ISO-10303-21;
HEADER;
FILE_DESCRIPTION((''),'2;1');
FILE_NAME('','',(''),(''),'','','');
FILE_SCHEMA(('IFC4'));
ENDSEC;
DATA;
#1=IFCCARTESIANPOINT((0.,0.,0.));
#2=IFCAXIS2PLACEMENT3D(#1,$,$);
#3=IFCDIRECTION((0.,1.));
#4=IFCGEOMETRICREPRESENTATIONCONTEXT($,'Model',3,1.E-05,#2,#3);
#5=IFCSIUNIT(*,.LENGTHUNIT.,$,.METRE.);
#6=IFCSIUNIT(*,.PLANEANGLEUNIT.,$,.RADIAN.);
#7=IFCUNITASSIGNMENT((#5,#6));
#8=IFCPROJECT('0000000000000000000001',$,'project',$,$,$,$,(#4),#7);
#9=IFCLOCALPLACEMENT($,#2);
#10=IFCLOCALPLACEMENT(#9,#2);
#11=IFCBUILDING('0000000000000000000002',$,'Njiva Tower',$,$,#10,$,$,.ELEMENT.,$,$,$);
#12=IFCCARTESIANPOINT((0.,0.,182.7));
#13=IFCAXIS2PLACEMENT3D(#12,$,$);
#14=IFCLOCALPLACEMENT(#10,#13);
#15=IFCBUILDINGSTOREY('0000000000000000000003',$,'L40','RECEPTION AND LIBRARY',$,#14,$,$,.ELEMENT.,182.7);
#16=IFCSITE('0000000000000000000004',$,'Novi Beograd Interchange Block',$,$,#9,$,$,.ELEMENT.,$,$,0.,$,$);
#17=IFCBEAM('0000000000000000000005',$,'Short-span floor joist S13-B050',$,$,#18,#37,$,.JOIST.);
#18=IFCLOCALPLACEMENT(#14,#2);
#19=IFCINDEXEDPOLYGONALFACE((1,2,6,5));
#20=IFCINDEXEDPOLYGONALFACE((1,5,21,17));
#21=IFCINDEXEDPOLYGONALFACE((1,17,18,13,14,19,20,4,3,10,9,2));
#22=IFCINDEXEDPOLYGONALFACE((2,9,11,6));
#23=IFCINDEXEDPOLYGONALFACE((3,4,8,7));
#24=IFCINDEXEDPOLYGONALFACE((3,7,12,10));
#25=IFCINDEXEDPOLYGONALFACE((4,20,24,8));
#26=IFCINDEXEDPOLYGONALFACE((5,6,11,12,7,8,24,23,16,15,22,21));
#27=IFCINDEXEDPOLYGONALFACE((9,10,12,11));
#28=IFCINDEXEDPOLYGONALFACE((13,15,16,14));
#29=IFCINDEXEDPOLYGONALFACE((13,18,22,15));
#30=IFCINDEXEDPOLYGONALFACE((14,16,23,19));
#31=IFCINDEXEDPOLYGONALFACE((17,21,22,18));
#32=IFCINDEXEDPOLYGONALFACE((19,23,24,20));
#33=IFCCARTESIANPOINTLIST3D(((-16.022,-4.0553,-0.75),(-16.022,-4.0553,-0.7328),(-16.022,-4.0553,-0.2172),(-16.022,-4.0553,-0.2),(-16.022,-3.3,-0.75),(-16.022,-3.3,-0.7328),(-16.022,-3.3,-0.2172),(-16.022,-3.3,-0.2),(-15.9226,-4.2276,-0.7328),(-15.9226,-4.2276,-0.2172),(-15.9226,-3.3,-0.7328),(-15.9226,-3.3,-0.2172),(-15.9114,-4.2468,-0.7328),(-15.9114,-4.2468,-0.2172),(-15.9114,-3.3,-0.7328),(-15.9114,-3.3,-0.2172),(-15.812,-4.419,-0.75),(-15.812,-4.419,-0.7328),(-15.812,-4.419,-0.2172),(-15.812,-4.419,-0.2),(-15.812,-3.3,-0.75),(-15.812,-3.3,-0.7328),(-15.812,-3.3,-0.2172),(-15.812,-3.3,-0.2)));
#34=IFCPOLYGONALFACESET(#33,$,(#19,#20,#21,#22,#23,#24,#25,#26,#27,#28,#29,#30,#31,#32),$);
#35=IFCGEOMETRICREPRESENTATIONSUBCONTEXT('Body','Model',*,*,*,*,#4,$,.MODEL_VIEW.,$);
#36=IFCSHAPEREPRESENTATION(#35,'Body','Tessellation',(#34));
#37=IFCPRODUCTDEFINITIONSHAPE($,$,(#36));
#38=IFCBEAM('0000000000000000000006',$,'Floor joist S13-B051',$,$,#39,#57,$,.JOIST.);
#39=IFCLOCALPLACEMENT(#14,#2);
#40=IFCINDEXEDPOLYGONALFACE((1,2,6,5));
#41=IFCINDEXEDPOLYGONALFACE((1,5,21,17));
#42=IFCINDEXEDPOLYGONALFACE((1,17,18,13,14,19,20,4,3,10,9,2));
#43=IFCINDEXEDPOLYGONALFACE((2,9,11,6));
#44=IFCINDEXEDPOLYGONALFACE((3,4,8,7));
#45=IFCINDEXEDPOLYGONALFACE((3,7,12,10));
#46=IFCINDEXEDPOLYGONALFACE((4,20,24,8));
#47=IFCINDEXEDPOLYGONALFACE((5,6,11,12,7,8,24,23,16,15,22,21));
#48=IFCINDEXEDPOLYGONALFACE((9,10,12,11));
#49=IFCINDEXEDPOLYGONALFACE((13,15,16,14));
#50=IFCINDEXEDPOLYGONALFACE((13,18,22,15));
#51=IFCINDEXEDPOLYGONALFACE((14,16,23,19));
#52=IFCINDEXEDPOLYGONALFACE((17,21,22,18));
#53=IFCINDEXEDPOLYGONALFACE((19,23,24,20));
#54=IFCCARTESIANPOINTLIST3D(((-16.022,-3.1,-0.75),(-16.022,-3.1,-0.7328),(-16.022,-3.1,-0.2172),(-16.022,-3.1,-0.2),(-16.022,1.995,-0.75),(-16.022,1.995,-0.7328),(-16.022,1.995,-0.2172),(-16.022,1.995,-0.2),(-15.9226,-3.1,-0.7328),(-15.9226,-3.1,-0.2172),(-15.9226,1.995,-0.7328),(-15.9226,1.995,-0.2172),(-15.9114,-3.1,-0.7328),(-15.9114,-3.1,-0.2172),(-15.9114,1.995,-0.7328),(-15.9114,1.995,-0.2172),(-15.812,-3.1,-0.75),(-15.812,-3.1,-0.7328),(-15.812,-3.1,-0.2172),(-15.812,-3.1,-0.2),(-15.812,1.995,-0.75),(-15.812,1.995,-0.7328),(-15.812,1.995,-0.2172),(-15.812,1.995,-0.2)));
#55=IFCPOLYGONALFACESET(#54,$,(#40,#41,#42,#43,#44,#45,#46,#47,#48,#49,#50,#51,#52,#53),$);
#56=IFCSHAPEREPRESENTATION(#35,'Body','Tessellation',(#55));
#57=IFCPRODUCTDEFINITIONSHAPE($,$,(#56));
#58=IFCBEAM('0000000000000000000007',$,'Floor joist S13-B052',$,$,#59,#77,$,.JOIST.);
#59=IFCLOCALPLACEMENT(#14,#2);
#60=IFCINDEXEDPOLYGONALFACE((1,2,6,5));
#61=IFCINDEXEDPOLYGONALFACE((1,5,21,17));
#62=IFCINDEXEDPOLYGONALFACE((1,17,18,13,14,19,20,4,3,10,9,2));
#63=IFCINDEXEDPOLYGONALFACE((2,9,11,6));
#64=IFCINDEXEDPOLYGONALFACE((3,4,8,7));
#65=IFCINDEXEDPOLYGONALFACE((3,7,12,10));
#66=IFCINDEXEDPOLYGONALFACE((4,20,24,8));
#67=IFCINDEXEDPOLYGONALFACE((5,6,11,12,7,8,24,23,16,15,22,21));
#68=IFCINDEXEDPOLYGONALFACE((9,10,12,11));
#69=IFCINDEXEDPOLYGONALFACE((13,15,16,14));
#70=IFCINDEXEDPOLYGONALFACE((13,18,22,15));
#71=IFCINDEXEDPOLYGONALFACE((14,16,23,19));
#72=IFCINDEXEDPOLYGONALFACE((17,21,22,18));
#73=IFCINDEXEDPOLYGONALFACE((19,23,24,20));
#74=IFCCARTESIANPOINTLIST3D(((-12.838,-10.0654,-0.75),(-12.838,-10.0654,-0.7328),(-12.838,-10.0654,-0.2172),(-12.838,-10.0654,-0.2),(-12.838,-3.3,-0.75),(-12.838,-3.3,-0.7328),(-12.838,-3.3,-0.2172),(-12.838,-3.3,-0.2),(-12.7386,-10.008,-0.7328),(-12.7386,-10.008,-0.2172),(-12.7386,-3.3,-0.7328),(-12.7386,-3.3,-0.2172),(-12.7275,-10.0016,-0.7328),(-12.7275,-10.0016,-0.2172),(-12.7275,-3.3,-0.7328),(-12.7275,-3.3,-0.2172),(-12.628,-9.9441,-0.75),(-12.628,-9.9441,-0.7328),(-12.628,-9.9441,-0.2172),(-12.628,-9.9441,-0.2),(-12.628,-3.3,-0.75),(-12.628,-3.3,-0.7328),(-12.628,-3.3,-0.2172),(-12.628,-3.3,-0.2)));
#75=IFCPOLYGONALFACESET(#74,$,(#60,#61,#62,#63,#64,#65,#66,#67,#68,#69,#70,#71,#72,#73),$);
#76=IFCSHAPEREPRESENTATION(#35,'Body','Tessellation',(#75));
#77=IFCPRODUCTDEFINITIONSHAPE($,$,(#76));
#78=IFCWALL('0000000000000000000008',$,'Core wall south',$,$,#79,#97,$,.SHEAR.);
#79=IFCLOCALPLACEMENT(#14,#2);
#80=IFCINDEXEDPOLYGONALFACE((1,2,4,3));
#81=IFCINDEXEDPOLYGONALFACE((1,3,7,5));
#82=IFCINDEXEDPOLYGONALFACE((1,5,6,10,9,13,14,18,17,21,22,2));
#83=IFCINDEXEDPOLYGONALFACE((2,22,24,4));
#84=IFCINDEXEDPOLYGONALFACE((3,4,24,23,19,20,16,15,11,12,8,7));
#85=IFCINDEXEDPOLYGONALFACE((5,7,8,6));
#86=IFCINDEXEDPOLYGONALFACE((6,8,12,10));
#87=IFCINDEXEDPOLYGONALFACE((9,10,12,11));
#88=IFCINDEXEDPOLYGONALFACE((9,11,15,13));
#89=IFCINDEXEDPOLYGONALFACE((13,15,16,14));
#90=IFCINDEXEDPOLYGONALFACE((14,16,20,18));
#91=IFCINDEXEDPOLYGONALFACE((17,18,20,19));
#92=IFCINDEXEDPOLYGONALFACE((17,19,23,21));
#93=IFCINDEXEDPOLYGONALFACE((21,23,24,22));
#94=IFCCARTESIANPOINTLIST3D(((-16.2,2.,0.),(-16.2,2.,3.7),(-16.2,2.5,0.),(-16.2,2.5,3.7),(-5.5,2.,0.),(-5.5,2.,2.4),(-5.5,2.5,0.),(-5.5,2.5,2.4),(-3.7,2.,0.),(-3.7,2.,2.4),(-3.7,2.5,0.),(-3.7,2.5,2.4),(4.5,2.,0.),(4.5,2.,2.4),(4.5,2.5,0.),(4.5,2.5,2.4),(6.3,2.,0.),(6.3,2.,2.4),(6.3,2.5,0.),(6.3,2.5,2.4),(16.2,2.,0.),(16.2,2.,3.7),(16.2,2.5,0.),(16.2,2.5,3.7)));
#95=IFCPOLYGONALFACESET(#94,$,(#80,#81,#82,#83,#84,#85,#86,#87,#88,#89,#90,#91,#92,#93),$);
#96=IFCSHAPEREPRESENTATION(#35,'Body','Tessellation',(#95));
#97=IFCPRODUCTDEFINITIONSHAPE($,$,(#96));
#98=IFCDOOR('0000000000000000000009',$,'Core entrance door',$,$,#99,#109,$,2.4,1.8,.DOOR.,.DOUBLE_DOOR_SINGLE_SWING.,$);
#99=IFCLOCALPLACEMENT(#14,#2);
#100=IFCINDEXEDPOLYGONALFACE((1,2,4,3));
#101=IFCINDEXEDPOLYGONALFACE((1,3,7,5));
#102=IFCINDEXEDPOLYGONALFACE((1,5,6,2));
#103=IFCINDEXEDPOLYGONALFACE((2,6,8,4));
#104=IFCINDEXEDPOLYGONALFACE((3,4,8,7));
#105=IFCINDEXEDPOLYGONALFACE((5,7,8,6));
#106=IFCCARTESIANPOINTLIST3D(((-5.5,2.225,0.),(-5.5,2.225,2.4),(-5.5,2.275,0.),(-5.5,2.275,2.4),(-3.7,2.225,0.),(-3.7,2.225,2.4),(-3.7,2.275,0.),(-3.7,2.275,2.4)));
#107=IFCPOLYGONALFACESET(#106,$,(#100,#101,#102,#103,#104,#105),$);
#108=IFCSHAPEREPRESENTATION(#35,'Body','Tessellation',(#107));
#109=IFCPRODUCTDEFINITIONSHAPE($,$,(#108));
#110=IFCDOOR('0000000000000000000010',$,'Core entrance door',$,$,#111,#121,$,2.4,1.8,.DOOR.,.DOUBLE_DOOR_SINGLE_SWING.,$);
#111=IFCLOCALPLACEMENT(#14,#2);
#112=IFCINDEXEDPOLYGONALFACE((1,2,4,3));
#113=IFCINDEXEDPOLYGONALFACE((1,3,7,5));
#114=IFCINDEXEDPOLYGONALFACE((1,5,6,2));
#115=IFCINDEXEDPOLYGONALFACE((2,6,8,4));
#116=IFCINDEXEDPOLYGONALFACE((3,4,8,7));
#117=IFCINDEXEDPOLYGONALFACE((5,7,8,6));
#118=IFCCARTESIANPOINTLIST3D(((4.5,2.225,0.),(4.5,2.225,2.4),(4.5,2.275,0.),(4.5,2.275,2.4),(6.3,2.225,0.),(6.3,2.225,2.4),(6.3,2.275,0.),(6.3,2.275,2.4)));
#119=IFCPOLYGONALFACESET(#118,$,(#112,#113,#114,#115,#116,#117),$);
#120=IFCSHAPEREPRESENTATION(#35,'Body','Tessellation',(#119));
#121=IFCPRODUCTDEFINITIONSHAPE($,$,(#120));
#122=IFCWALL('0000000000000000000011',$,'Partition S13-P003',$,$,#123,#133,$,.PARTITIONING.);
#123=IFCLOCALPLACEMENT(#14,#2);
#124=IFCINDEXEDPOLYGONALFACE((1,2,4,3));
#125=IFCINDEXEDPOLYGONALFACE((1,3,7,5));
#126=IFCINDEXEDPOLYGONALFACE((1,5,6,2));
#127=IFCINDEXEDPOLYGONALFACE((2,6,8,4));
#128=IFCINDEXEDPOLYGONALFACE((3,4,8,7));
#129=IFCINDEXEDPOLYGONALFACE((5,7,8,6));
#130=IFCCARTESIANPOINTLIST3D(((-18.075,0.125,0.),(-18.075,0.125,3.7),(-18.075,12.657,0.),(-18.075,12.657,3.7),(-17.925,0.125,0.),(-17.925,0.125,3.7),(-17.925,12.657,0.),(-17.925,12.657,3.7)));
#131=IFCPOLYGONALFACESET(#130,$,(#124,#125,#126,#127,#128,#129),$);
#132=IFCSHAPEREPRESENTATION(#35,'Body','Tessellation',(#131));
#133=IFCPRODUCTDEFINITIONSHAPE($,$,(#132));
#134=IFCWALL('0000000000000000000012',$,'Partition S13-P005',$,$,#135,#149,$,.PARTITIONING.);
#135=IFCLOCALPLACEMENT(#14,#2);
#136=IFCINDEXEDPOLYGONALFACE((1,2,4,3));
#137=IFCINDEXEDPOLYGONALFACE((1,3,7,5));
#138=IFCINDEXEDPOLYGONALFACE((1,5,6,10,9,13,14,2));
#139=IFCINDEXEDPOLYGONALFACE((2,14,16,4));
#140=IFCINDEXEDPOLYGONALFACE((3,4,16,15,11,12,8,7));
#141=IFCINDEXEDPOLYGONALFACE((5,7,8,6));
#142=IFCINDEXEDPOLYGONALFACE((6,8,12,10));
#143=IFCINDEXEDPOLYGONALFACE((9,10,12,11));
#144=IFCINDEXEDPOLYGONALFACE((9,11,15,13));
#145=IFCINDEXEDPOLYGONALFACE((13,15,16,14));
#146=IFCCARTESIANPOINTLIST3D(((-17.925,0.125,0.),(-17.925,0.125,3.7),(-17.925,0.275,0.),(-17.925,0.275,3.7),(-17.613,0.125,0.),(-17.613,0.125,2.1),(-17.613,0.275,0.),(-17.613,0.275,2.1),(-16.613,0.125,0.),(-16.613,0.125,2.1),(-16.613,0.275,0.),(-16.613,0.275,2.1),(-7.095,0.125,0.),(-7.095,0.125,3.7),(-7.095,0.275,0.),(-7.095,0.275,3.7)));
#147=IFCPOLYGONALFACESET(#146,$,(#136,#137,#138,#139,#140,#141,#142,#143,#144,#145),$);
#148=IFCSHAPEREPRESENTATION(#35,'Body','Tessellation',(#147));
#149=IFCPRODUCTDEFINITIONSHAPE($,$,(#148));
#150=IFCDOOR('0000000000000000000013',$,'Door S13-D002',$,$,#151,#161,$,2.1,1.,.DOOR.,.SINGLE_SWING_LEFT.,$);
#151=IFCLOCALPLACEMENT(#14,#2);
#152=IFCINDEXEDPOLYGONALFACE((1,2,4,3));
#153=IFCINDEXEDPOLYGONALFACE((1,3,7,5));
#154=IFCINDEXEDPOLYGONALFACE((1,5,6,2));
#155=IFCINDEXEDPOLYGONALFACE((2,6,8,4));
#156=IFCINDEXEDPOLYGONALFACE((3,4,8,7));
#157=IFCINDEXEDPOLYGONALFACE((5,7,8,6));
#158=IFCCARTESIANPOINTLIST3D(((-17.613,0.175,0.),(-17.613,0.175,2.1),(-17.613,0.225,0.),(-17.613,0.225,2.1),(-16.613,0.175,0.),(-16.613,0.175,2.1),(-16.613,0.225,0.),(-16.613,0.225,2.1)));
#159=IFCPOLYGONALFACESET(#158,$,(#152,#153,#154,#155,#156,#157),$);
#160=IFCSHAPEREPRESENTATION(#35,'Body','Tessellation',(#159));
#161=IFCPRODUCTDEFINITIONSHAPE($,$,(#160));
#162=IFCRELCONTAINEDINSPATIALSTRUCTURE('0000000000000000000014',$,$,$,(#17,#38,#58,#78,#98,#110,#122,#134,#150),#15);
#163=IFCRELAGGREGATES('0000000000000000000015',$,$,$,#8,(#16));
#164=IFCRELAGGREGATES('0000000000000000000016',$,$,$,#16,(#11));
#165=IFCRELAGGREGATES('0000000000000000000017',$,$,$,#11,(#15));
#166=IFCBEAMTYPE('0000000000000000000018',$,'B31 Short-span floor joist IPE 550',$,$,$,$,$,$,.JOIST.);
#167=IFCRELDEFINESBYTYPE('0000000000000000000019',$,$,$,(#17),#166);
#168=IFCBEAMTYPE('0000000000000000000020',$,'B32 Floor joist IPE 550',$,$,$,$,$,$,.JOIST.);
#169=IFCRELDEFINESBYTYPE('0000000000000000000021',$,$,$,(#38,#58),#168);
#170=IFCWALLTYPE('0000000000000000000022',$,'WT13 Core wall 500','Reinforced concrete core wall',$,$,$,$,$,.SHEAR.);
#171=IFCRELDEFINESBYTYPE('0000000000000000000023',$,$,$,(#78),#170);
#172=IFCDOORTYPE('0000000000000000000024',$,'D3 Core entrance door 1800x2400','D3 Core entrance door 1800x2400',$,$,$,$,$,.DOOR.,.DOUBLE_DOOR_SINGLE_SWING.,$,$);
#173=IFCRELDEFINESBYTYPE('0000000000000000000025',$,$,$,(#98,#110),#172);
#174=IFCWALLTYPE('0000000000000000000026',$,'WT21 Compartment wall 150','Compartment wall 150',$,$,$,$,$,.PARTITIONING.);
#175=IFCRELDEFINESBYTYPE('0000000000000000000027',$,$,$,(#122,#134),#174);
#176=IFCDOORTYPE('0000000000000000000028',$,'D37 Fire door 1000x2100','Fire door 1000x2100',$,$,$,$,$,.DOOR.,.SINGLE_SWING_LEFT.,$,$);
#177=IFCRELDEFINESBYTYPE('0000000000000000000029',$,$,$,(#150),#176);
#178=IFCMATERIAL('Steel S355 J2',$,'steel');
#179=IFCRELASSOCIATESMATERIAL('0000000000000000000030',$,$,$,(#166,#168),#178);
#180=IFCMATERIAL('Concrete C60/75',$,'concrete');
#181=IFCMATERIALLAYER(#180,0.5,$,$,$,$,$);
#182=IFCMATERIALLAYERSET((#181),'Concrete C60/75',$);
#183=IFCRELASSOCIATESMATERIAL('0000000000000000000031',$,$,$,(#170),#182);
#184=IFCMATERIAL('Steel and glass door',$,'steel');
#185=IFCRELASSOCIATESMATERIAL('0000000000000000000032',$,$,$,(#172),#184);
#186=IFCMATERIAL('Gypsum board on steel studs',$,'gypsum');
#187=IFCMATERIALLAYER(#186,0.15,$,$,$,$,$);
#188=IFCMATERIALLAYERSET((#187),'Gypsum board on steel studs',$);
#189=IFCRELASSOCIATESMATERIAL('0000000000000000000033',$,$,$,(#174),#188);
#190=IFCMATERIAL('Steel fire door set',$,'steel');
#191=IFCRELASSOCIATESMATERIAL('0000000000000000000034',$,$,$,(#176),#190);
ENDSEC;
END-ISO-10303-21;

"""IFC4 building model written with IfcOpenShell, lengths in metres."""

from ifc_helpers import new_model, si_unit, direction, frame, frame_2d, origin, origin_2d, place, context, subcontext, project, spatial, rectangle, i_section, extrude, clip, halfspace, material, layer, layer_set, material_profile, profile_set, type_object, element, fill, save


model = new_model("IFC4")

# Units and contexts
model_context = context("Model", 3, precision=1e-05, world=origin(), true_north=direction((0.0, 1.0)))
body_context = subcontext(model_context, "Body", "Model", "MODEL_VIEW")
ifc_project = project(units=[si_unit("LENGTHUNIT", "METRE"), si_unit("PLANEANGLEUNIT", "RADIAN")], contexts=[model_context])

# Site, building, storey
site_placement = place(None, origin())
site = spatial("IfcSite", under=ifc_project, at=site_placement, Name="Novi Beograd Interchange Block", CompositionType="ELEMENT", RefElevation=0.0)
building_placement = place(site_placement, origin())
building = spatial("IfcBuilding", under=site, at=building_placement, Name="Njiva Tower", CompositionType="ELEMENT")
storey_placement = place(building_placement, frame((0.0, 0.0, 182.7)))
storey = spatial("IfcBuildingStorey", under=building, at=storey_placement, Name="L40", Description="RECEPTION AND LIBRARY", CompositionType="ELEMENT", Elevation=182.7)

# Shared definitions
ifc_material_1 = material(Name="Steel S355 J2", Category="steel")

# Beams
ifc_material_profile_1 = material_profile(ifc_material_1, i_section(OverallWidth=0.21, OverallDepth=0.55, WebThickness=0.0111, FlangeThickness=0.0172, at=origin_2d()), Name="IPE 550")
ifc_profile_set_1 = profile_set([ifc_material_profile_1], Name="Steel S355 J2")
beam_type_1 = type_object("IfcBeamType", Name="B31 Short-span floor joist IPE 550", PredefinedType="JOIST", material=ifc_profile_set_1)
beam_1_placement = place(storey_placement, frame((-15.917, -3.3, -0.475), z_axis=(0.0, -1.0, 0.0), x_axis=(1.0, 0.0, 0.0)))
element("IfcBeam", 1, at=beam_1_placement, inside=storey, type_object=beam_type_1, Name="Short-span floor joist S13-B050", PredefinedType="JOIST", context=body_context, shape_type="Clipping", body=[
    clip(extrude(i_section(OverallWidth=0.21, OverallDepth=0.55, WebThickness=0.0111, FlangeThickness=0.0172, at=origin_2d()), origin(), (0.0, 0.0, 1.0), 1.14), halfspace(frame((-0.043, 0.0, 0.8627), z_axis=(-0.866027, 0.0, 0.499998), x_axis=(0.0, 1.0, 0.0)), False)),
])
ifc_material_profile_2 = material_profile(ifc_material_1, i_section(OverallWidth=0.21, OverallDepth=0.55, WebThickness=0.0111, FlangeThickness=0.0172, at=origin_2d()), Name="IPE 550")
ifc_profile_set_2 = profile_set([ifc_material_profile_2], Name="Steel S355 J2")
beam_type_2 = type_object("IfcBeamType", Name="B32 Floor joist IPE 550", PredefinedType="JOIST", material=ifc_profile_set_2)
beam_2_placement = place(storey_placement, frame((-15.917, 1.995, -0.475), z_axis=(0.0, -1.0, 0.0), x_axis=(1.0, 0.0, 0.0)))
element("IfcBeam", 2, at=beam_2_placement, inside=storey, type_object=beam_type_2, Name="Floor joist S13-B051", PredefinedType="JOIST", context=body_context, shape_type="SweptSolid", body=[
    extrude(i_section(OverallWidth=0.21, OverallDepth=0.55, WebThickness=0.0111, FlangeThickness=0.0172, at=origin_2d()), origin(), (0.0, 0.0, 1.0), 5.095),
])
beam_3_placement = place(storey_placement, frame((-12.733, -3.3, -0.475), z_axis=(0.0, -1.0, 0.0), x_axis=(1.0, 0.0, 0.0)))
element("IfcBeam", 3, at=beam_3_placement, inside=storey, type_object=beam_type_2, Name="Floor joist S13-B052", PredefinedType="JOIST", context=body_context, shape_type="Clipping", body=[
    clip(extrude(i_section(OverallWidth=0.21, OverallDepth=0.55, WebThickness=0.0111, FlangeThickness=0.0172, at=origin_2d()), origin(), (0.0, 0.0, 1.0), 6.786), halfspace(frame((0.0247, 0.0, 6.6905), z_axis=(0.499998, 0.0, 0.866027), x_axis=(0.0, 1.0, 0.0)), False)),
])

# Wall, openings, doors
ifc_material_2 = material(Name="Concrete C60/75", Category="concrete")
ifc_layer_1 = layer(ifc_material_2, 0.5)
ifc_layer_set_1 = layer_set([ifc_layer_1], Name="Concrete C60/75")
wall_type_1 = type_object("IfcWallType", Name="WT13 Core wall 500", Description="Reinforced concrete core wall", PredefinedType="SHEAR", material=ifc_layer_set_1)
wall_1_placement = place(storey_placement, frame((-16.2, 2.25, 0.0), z_axis=(0.0, 0.0, 1.0), x_axis=(1.0, 0.0, 0.0)))
wall_1 = element("IfcWall", 4, at=wall_1_placement, inside=storey, type_object=wall_type_1, Name="Core wall south", PredefinedType="SHEAR", context=body_context, shape_type="SweptSolid", body=[
    extrude(rectangle(XDim=32.4, YDim=0.5, at=frame_2d((16.2, 0.0))), origin(), (0.0, 0.0, 1.0), 3.7),
])
opening_1_placement = place(wall_1_placement, frame((10.7, 0.0, 0.0)))
opening_1 = element("IfcOpeningElement", 5, at=opening_1_placement, cuts=wall_1, PredefinedType="OPENING", context=body_context, shape_type="SweptSolid", body=[
    extrude(rectangle(XDim=1.8, YDim=2.4, at=frame_2d((0.9, 1.2))), frame((0.0, 0.26, 0.0), z_axis=(0.0, -1.0, 0.0), x_axis=(1.0, 0.0, 0.0)), (0.0, 0.0, 1.0), 0.52),
])
opening_2_placement = place(wall_1_placement, frame((20.7, 0.0, 0.0)))
opening_2 = element("IfcOpeningElement", 6, at=opening_2_placement, cuts=wall_1, PredefinedType="OPENING", context=body_context, shape_type="SweptSolid", body=[
    extrude(rectangle(XDim=1.8, YDim=2.4, at=frame_2d((0.9, 1.2))), frame((0.0, 0.26, 0.0), z_axis=(0.0, -1.0, 0.0), x_axis=(1.0, 0.0, 0.0)), (0.0, 0.0, 1.0), 0.52),
])
ifc_material_3 = material(Name="Steel and glass door", Category="steel")
door_type_1 = type_object("IfcDoorType", Name="D3 Core entrance door 1800x2400", Description="D3 Core entrance door 1800x2400", OperationType="DOUBLE_DOOR_SINGLE_SWING", PredefinedType="DOOR", material=ifc_material_3)
door_1_placement = place(opening_1_placement, origin())
door_1 = element("IfcDoor", 7, at=door_1_placement, inside=storey, type_object=door_type_1, Name="Core entrance door", OperationType="DOUBLE_DOOR_SINGLE_SWING", OverallHeight=2.4, OverallWidth=1.8, PredefinedType="DOOR", context=body_context, shape_type="SweptSolid", body=[
    extrude(rectangle(XDim=1.8, YDim=2.4, at=frame_2d((0.9, 1.2))), frame((0.0, 0.025, 0.0), z_axis=(0.0, -1.0, 0.0), x_axis=(1.0, 0.0, 0.0)), (0.0, 0.0, 1.0), 0.05),
])
fill(opening_1, door_1)
door_2_placement = place(opening_2_placement, origin())
door_2 = element("IfcDoor", 8, at=door_2_placement, inside=storey, type_object=door_type_1, Name="Core entrance door", OperationType="DOUBLE_DOOR_SINGLE_SWING", OverallHeight=2.4, OverallWidth=1.8, PredefinedType="DOOR", context=body_context, shape_type="SweptSolid", body=[
    extrude(rectangle(XDim=1.8, YDim=2.4, at=frame_2d((0.9, 1.2))), frame((0.0, 0.025, 0.0), z_axis=(0.0, -1.0, 0.0), x_axis=(1.0, 0.0, 0.0)), (0.0, 0.0, 1.0), 0.05),
])
fill(opening_2, door_2)

# Wall
ifc_material_4 = material(Name="Gypsum board on steel studs", Category="gypsum")
ifc_layer_2 = layer(ifc_material_4, 0.15)
ifc_layer_set_2 = layer_set([ifc_layer_2], Name="Gypsum board on steel studs")
wall_type_2 = type_object("IfcWallType", Name="WT21 Compartment wall 150", Description="Compartment wall 150", PredefinedType="PARTITIONING", material=ifc_layer_set_2)
wall_2_placement = place(storey_placement, frame((-18.0, 0.125, 0.0), z_axis=(0.0, 0.0, 1.0), x_axis=(0.0, 1.0, 0.0)))
element("IfcWall", 9, at=wall_2_placement, inside=storey, type_object=wall_type_2, Name="Partition S13-P003", PredefinedType="PARTITIONING", context=body_context, shape_type="SweptSolid", body=[
    extrude(rectangle(XDim=12.532, YDim=0.15, at=frame_2d((6.266, 0.0))), origin(), (0.0, 0.0, 1.0), 3.7),
])

# Wall, opening, door
wall_3_placement = place(storey_placement, frame((-17.925, 0.2, 0.0), z_axis=(0.0, 0.0, 1.0), x_axis=(1.0, 0.0, 0.0)))
wall_3 = element("IfcWall", 10, at=wall_3_placement, inside=storey, type_object=wall_type_2, Name="Partition S13-P005", PredefinedType="PARTITIONING", context=body_context, shape_type="SweptSolid", body=[
    extrude(rectangle(XDim=10.83, YDim=0.15, at=frame_2d((5.415, 0.0))), origin(), (0.0, 0.0, 1.0), 3.7),
])
opening_3_placement = place(wall_3_placement, frame((0.312, 0.0, 0.0)))
opening_3 = element("IfcOpeningElement", 11, at=opening_3_placement, cuts=wall_3, PredefinedType="OPENING", context=body_context, shape_type="SweptSolid", body=[
    extrude(rectangle(XDim=1.0, YDim=2.1, at=frame_2d((0.5, 1.05))), frame((0.0, 0.085, 0.0), z_axis=(0.0, -1.0, 0.0), x_axis=(1.0, 0.0, 0.0)), (0.0, 0.0, 1.0), 0.17),
])
ifc_material_5 = material(Name="Steel fire door set", Category="steel")
door_type_2 = type_object("IfcDoorType", Name="D37 Fire door 1000x2100", Description="Fire door 1000x2100", OperationType="SINGLE_SWING_LEFT", PredefinedType="DOOR", material=ifc_material_5)
door_3_placement = place(opening_3_placement, origin())
door_3 = element("IfcDoor", 12, at=door_3_placement, inside=storey, type_object=door_type_2, Name="Door S13-D002", OperationType="SINGLE_SWING_LEFT", OverallHeight=2.1, OverallWidth=1.0, PredefinedType="DOOR", context=body_context, shape_type="SweptSolid", body=[
    extrude(rectangle(XDim=1.0, YDim=2.1, at=frame_2d((0.5, 1.05))), frame((0.0, 0.025, 0.0), z_axis=(0.0, -1.0, 0.0), x_axis=(1.0, 0.0, 0.0)), (0.0, 0.0, 1.0), 0.05),
])
fill(opening_3, door_3)

save(model, "model.ifc")
